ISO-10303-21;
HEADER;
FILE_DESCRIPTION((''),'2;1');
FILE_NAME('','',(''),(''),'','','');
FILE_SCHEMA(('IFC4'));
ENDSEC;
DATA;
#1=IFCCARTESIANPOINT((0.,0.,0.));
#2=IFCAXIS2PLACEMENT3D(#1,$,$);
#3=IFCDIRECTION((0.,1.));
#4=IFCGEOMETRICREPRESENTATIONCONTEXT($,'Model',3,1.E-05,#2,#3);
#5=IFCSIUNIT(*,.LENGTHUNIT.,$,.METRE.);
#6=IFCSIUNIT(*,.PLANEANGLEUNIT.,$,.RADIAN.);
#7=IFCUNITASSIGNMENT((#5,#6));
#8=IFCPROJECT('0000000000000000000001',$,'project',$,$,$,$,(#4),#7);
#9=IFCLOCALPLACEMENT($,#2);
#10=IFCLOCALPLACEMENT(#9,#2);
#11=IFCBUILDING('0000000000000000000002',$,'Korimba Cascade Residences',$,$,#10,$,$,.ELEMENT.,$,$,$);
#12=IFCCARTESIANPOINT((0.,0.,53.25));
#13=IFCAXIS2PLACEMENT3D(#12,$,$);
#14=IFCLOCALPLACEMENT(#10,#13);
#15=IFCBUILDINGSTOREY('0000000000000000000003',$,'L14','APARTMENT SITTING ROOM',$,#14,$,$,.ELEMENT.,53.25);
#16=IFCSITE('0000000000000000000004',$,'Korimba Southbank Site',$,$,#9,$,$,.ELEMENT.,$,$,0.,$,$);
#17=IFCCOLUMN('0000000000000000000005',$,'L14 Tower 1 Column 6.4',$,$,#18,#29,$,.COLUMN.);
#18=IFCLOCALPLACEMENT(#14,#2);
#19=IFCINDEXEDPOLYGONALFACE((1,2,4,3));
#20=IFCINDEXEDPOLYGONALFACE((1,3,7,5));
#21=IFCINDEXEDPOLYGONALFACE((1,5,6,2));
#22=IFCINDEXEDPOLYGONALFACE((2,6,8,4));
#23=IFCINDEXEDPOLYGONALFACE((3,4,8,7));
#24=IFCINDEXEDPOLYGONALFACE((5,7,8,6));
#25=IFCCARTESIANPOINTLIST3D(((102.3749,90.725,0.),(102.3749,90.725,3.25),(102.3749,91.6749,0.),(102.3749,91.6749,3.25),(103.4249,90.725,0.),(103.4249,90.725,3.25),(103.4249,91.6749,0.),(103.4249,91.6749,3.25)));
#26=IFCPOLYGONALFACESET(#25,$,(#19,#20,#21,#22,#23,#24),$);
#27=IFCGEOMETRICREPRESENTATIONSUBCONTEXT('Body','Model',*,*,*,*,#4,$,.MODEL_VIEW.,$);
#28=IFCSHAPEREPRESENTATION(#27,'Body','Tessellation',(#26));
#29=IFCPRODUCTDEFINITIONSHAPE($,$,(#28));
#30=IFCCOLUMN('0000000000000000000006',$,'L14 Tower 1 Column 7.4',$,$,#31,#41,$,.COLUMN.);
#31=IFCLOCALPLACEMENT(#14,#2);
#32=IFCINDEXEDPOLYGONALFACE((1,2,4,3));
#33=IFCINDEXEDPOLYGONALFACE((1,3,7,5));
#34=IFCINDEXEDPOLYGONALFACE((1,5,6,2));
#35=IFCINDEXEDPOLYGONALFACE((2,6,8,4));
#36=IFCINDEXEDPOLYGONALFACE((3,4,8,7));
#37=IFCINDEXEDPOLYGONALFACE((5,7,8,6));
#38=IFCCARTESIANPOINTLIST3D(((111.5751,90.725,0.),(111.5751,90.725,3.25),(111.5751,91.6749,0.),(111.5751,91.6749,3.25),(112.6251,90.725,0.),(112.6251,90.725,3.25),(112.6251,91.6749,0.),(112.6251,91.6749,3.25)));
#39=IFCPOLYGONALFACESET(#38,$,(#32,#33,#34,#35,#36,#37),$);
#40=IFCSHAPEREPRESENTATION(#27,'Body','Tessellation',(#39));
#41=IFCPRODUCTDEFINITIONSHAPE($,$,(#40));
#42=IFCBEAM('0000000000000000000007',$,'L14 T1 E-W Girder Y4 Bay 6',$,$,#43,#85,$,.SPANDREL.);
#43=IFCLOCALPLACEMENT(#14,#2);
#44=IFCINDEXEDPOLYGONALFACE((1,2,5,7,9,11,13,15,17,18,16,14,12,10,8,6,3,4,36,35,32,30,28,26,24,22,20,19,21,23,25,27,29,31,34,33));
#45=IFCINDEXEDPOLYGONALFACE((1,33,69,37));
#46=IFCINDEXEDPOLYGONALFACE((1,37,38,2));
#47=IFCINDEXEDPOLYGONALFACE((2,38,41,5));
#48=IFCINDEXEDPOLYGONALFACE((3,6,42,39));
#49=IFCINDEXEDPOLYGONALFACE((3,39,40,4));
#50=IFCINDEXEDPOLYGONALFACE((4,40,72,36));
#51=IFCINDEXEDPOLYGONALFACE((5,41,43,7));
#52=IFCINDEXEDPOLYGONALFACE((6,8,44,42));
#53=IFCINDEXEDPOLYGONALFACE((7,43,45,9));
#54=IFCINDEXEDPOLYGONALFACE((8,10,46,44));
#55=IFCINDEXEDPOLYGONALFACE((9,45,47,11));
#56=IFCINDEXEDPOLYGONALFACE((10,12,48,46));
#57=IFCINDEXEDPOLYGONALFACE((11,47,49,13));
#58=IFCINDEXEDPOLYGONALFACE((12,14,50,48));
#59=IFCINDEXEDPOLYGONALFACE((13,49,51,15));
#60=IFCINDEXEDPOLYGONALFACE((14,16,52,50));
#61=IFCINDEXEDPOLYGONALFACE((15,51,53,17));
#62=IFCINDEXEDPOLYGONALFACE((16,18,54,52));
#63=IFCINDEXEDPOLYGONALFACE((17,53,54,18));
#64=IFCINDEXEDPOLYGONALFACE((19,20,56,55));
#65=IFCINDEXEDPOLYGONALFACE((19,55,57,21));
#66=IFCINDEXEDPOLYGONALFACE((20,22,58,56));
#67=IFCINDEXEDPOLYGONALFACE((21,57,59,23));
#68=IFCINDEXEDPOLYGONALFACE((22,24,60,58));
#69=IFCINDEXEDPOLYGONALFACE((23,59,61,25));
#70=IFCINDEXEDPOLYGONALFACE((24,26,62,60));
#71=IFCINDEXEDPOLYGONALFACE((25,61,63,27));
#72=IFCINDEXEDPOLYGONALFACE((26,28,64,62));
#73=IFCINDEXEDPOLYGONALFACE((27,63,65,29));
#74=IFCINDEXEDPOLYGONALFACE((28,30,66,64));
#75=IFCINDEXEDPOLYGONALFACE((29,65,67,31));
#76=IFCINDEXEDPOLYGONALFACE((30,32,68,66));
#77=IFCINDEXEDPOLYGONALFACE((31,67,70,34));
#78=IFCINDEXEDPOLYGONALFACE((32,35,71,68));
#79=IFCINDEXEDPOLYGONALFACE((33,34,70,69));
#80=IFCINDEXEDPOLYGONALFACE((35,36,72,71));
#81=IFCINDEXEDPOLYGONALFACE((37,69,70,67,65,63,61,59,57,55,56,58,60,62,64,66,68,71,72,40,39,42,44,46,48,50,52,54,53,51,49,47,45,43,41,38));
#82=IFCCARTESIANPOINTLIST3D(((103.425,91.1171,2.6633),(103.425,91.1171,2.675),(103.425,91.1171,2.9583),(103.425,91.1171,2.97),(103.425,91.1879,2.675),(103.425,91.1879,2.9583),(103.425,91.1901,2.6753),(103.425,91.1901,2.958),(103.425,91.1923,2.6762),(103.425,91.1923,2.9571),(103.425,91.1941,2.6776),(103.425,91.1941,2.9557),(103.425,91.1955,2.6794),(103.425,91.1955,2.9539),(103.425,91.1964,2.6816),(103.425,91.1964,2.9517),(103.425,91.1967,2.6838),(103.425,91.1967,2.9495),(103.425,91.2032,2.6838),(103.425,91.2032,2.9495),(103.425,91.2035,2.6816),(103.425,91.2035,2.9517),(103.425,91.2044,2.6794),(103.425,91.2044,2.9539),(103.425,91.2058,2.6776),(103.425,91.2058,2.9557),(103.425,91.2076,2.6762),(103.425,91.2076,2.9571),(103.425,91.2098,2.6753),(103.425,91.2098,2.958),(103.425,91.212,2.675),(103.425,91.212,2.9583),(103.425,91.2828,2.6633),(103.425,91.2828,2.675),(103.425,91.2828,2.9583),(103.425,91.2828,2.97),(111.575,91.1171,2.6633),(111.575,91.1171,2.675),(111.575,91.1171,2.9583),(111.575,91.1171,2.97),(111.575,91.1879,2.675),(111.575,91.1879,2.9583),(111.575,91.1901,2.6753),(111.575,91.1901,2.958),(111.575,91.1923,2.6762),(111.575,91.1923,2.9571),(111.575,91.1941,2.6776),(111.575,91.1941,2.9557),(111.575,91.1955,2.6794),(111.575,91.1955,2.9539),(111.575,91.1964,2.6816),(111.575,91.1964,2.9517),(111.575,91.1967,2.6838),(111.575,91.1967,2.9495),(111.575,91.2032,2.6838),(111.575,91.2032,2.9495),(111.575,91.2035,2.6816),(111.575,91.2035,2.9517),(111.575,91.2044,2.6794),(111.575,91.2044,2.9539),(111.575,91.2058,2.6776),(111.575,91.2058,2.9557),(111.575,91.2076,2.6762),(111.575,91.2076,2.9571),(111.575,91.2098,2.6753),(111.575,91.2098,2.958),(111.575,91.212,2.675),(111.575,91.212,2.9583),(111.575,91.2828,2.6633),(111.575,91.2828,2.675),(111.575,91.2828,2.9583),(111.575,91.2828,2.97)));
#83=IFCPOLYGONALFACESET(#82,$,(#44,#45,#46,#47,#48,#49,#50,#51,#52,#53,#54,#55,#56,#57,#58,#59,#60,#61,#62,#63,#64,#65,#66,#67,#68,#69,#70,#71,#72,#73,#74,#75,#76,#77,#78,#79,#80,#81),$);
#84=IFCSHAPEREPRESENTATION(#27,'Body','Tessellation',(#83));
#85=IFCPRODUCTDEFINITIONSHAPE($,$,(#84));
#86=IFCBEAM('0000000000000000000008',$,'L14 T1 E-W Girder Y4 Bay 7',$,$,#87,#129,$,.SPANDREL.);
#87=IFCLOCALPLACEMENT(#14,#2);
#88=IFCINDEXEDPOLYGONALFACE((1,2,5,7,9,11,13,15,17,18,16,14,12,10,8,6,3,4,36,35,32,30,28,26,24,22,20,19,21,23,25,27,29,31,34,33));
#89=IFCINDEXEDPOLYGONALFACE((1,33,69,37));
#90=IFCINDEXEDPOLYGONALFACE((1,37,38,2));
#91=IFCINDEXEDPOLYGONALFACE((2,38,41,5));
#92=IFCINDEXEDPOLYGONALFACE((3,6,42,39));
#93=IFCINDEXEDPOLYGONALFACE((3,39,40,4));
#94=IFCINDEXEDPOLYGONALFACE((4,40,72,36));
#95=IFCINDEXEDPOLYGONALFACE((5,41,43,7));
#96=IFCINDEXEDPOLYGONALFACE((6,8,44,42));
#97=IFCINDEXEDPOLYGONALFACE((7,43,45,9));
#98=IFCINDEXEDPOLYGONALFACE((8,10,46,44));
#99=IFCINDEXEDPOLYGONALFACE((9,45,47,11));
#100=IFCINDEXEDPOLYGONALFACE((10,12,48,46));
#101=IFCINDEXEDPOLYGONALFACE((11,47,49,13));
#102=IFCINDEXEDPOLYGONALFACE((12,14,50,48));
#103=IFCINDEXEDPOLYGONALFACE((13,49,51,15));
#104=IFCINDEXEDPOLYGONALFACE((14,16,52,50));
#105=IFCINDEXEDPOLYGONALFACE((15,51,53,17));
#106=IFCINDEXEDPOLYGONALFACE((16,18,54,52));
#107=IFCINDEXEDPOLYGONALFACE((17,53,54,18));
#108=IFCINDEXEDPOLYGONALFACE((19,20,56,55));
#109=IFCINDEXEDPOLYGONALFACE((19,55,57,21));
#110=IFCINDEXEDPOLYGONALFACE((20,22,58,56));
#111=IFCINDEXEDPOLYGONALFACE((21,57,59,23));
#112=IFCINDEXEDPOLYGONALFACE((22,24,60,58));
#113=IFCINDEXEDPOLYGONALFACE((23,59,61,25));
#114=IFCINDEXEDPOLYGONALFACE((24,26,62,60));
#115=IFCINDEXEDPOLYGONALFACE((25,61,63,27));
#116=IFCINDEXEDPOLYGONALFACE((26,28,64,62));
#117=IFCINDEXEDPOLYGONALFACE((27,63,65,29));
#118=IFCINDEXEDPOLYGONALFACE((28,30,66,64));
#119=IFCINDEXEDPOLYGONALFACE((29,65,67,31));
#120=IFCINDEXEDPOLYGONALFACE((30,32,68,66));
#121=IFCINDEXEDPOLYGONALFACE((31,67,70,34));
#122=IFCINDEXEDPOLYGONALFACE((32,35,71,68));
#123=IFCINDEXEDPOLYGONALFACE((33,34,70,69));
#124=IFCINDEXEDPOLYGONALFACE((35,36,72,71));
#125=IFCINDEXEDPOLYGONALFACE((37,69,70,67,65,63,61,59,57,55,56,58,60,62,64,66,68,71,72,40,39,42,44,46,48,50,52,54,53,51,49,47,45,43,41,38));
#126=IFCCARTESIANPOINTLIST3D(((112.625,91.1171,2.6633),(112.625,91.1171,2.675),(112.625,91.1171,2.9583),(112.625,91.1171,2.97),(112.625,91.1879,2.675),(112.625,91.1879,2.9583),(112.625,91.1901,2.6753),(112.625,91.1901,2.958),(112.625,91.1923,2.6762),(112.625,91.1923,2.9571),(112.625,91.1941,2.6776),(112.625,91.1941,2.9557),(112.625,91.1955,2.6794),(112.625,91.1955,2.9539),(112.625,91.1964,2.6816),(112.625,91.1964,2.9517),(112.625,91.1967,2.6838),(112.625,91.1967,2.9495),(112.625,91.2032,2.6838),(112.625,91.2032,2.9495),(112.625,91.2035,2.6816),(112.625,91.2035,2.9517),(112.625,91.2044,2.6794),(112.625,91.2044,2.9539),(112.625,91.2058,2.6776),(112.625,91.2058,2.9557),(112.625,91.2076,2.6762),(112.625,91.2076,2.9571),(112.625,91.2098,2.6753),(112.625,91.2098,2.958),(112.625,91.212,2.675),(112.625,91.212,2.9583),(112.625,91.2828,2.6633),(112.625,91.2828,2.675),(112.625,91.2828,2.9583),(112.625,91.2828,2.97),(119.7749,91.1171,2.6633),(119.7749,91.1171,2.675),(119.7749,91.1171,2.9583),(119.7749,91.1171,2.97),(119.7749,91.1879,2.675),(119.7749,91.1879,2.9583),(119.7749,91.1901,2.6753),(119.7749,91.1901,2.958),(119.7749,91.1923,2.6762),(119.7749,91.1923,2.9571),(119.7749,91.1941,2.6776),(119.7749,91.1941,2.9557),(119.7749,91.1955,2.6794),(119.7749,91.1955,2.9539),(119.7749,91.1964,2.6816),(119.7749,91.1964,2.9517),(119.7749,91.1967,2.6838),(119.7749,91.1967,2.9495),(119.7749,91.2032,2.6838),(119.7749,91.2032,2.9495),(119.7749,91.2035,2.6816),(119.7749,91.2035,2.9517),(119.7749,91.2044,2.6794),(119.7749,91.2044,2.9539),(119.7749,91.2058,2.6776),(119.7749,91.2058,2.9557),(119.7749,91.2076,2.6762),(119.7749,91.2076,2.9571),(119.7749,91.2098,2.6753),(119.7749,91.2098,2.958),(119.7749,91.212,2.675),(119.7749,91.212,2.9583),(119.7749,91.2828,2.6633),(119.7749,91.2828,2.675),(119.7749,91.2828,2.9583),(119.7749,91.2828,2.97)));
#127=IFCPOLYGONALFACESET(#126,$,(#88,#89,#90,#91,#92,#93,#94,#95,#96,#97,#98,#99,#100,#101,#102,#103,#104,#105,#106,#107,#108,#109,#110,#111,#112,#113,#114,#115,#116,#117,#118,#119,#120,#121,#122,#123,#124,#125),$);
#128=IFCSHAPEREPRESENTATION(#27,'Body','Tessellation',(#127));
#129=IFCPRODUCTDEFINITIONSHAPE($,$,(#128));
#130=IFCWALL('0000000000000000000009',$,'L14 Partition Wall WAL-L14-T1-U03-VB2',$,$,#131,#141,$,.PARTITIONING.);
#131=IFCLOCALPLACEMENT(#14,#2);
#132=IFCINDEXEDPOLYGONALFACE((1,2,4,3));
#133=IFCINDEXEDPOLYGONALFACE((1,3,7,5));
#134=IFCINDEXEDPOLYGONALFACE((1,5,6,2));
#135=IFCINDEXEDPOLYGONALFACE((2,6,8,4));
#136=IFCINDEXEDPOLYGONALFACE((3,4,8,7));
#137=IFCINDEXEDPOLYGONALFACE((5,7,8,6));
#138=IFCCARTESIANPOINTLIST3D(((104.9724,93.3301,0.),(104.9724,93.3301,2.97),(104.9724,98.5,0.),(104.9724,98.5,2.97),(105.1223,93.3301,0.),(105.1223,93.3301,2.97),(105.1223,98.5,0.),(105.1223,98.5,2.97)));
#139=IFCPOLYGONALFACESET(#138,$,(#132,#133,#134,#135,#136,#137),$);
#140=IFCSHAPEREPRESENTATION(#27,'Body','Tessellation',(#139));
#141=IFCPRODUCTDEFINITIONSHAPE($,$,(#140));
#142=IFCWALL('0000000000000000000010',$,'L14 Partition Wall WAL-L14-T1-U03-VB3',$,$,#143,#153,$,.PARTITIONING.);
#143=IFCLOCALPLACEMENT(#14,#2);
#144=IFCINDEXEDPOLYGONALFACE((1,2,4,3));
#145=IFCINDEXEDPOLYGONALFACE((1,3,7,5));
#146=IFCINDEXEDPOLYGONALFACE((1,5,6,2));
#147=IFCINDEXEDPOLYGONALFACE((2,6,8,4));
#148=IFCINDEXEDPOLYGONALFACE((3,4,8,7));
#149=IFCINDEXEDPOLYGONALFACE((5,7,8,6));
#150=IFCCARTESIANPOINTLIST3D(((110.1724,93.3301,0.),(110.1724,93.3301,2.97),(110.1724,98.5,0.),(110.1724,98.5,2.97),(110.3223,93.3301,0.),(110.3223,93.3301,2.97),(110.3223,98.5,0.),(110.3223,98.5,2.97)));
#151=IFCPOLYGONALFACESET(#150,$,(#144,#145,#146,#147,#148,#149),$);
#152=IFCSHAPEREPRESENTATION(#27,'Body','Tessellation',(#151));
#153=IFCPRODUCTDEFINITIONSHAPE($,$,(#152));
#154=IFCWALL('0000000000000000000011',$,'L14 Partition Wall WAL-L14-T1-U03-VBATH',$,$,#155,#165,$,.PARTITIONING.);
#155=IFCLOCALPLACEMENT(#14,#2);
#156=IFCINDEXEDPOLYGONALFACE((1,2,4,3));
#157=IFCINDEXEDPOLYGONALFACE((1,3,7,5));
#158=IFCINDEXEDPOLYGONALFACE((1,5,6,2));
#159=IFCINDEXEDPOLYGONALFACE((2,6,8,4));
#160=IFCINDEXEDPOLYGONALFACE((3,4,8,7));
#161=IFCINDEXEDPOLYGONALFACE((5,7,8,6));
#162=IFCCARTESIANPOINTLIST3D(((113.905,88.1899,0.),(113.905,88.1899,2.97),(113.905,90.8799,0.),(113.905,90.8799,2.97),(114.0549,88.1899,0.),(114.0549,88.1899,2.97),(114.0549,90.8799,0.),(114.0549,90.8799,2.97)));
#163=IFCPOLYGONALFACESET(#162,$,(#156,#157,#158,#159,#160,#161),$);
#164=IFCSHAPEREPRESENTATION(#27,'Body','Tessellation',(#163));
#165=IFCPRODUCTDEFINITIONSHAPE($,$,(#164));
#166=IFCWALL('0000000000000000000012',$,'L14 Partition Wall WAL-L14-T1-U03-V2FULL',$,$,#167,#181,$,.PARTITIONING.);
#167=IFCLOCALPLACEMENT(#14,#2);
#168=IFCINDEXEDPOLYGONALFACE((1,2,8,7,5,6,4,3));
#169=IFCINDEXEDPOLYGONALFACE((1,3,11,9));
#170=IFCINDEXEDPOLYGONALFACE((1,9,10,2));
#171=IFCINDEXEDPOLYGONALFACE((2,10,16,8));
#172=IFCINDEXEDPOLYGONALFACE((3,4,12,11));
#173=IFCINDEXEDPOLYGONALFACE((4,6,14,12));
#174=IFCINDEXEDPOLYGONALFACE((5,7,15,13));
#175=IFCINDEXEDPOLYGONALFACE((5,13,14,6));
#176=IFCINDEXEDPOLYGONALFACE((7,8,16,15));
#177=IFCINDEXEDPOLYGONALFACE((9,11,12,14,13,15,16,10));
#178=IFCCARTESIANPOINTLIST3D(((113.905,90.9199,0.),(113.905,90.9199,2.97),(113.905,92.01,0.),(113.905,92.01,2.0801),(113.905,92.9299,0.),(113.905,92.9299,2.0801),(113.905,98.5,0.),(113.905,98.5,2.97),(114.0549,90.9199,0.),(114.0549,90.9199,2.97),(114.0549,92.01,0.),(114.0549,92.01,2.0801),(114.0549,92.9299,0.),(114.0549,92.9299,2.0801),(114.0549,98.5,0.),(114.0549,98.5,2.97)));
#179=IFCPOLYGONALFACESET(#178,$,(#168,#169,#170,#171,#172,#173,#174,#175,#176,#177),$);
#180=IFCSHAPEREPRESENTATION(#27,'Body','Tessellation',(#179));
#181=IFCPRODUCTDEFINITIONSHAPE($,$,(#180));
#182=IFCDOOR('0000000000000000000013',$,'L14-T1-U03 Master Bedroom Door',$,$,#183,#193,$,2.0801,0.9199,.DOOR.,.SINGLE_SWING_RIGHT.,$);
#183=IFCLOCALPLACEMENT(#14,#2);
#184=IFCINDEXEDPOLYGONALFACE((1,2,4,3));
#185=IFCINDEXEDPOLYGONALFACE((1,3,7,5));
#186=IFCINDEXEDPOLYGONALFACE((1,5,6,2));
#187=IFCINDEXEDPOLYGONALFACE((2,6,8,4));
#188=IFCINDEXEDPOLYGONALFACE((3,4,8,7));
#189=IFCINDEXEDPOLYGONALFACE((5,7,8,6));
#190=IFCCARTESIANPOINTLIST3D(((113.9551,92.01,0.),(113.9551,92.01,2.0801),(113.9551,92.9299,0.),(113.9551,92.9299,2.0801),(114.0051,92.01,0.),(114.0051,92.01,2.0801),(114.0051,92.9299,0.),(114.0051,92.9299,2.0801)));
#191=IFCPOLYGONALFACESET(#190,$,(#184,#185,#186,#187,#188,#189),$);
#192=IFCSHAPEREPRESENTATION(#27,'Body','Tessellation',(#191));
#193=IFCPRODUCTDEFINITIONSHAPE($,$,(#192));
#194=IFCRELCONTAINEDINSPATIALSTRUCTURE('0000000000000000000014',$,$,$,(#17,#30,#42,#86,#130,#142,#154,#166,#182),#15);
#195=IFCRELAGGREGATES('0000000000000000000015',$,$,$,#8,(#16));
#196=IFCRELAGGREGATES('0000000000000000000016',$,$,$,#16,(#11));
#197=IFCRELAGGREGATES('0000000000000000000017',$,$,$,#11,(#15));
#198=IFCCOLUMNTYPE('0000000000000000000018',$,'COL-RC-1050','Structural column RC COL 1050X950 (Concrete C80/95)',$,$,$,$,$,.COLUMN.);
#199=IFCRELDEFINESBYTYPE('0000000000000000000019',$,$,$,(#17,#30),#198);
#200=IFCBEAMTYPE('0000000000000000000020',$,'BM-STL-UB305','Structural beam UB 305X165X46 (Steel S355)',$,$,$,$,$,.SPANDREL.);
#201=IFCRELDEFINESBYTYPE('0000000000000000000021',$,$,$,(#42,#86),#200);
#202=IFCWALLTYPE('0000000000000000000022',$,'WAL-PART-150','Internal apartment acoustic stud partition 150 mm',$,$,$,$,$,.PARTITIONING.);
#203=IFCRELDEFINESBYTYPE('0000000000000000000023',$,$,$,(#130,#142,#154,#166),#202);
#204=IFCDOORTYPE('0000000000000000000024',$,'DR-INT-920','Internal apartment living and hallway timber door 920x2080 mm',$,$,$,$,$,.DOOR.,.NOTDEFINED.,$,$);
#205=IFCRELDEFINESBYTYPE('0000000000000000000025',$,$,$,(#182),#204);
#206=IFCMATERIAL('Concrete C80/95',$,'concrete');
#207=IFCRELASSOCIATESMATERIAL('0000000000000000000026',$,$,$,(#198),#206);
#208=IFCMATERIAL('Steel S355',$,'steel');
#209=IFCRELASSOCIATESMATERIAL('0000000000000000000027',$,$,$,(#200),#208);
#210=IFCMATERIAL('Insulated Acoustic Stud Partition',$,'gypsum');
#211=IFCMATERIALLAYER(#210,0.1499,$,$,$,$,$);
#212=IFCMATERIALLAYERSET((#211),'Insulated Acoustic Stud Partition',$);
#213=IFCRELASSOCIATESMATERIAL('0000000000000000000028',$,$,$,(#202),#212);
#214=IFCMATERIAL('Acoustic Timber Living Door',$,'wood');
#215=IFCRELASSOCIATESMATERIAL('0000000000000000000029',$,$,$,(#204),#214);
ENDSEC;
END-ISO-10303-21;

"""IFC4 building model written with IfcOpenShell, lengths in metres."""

from ifc_helpers import new_model, si_unit, direction, frame, frame_2d, origin, origin_2d, place, context, subcontext, project, spatial, rectangle, i_section, extrude, material, layer, layer_set, material_profile, profile_set, type_object, element, fill, save


model = new_model("IFC4")

# Units and contexts
model_context = context("Model", 3, precision=1e-05, world=origin(), true_north=direction((0.0, 1.0)))
body_context = subcontext(model_context, "Body", "Model", "MODEL_VIEW")
ifc_project = project(units=[si_unit("LENGTHUNIT", "METRE"), si_unit("PLANEANGLEUNIT", "RADIAN")], contexts=[model_context])

# Site, building, storey
site_placement = place(None, origin())
site = spatial("IfcSite", under=ifc_project, at=site_placement, Name="Korimba Southbank Site", CompositionType="ELEMENT", RefElevation=0.0)
building_placement = place(site_placement, origin())
building = spatial("IfcBuilding", under=site, at=building_placement, Name="Korimba Cascade Residences", CompositionType="ELEMENT")
storey_placement = place(building_placement, frame((0.0, 0.0, 53.25)))
storey = spatial("IfcBuildingStorey", under=building, at=storey_placement, Name="L14", Description="APARTMENT SITTING ROOM", CompositionType="ELEMENT", Elevation=53.25)

# Columns
ifc_material_1 = material(Name="Concrete C80/95", Category="concrete")
ifc_material_profile_1 = material_profile(ifc_material_1, rectangle(XDim=1.05, YDim=0.95, at=origin_2d()), Name="Concrete C80/95")
ifc_profile_set_1 = profile_set([ifc_material_profile_1], Name="Concrete C80/95")
column_type = type_object("IfcColumnType", Name="COL-RC-1050", Description="Structural column RC COL 1050X950 (Concrete C80/95)", PredefinedType="COLUMN", material=ifc_profile_set_1)
for number, where, z_axis, x_axis, name in (
    (1, (102.8999, 91.2, 0.0), (0.0, 0.0, 1.0), (1.0, 0.0, 0.0), "L14 Tower 1 Column 6.4"),
    (2, (112.1001, 91.2, 0.0), (0.0, 0.0, 1.0), (1.0, 0.0, 0.0), "L14 Tower 1 Column 7.4"),
):
    element("IfcColumn", number, at=place(storey_placement, frame(where, z_axis=z_axis, x_axis=x_axis)), inside=storey, type_object=column_type, Name=name, PredefinedType="COLUMN", context=body_context, shape_type="SweptSolid", body=[
        extrude(rectangle(XDim=1.05, YDim=0.95, at=origin_2d()), origin(), (0.0, 0.0, 1.0), 3.25),
    ])

# Beams
ifc_material_2 = material(Name="Steel S355", Category="steel")
ifc_material_profile_2 = material_profile(ifc_material_2, i_section(OverallWidth=0.1658, OverallDepth=0.3066, WebThickness=0.0066, FlangeThickness=0.0117, FilletRadius=0.0088, at=origin_2d()), Name="Steel S355")
ifc_profile_set_2 = profile_set([ifc_material_profile_2], Name="Steel S355")
beam_type = type_object("IfcBeamType", Name="BM-STL-UB305", Description="Structural beam UB 305X165X46 (Steel S355)", PredefinedType="SPANDREL", material=ifc_profile_set_2)
beam_1_placement = place(storey_placement, frame((103.425, 91.2, 2.8167), z_axis=(1.0, 0.0, 0.0), x_axis=(0.0, 1.0, 0.0)))
element("IfcBeam", 3, at=beam_1_placement, inside=storey, type_object=beam_type, Name="L14 T1 E-W Girder Y4 Bay 6", PredefinedType="SPANDREL", context=body_context, shape_type="SweptSolid", body=[
    extrude(i_section(OverallWidth=0.1658, OverallDepth=0.3066, WebThickness=0.0066, FlangeThickness=0.0117, FilletRadius=0.0088, at=origin_2d()), origin(), (0.0, 0.0, 1.0), 8.1499),
])
beam_2_placement = place(storey_placement, frame((112.625, 91.2, 2.8167), z_axis=(1.0, 0.0, 0.0), x_axis=(0.0, 1.0, 0.0)))
element("IfcBeam", 4, at=beam_2_placement, inside=storey, type_object=beam_type, Name="L14 T1 E-W Girder Y4 Bay 7", PredefinedType="SPANDREL", context=body_context, shape_type="SweptSolid", body=[
    extrude(i_section(OverallWidth=0.1658, OverallDepth=0.3066, WebThickness=0.0066, FlangeThickness=0.0117, FilletRadius=0.0088, at=origin_2d()), origin(), (0.0, 0.0, 1.0), 7.1499),
])

# Walls
ifc_material_3 = material(Name="Insulated Acoustic Stud Partition", Category="gypsum")
ifc_layer = layer(ifc_material_3, 0.1499)
ifc_layer_set = layer_set([ifc_layer], Name="Insulated Acoustic Stud Partition")
wall_type = type_object("IfcWallType", Name="WAL-PART-150", Description="Internal apartment acoustic stud partition 150 mm", PredefinedType="PARTITIONING", material=ifc_layer_set)
for number, where, z_axis, x_axis, name in (
    (5, (105.0474, 93.3301, 0.0), (0.0, 0.0, 1.0), (0.0, 1.0, 0.0), "L14 Partition Wall WAL-L14-T1-U03-VB2"),
    (6, (110.2473, 93.3301, 0.0), (0.0, 0.0, 1.0), (0.0, 1.0, 0.0), "L14 Partition Wall WAL-L14-T1-U03-VB3"),
):
    element("IfcWall", number, at=place(storey_placement, frame(where, z_axis=z_axis, x_axis=x_axis)), inside=storey, type_object=wall_type, Name=name, PredefinedType="PARTITIONING", context=body_context, shape_type="SweptSolid", body=[
        extrude(rectangle(XDim=5.1699, YDim=0.1499, at=frame_2d((2.585, 0.0))), origin(), (0.0, 0.0, 1.0), 2.97),
    ])
wall_1_placement = place(storey_placement, frame((113.98, 88.1899, 0.0), z_axis=(0.0, 0.0, 1.0), x_axis=(0.0, 1.0, 0.0)))
element("IfcWall", 7, at=wall_1_placement, inside=storey, type_object=wall_type, Name="L14 Partition Wall WAL-L14-T1-U03-VBATH", PredefinedType="PARTITIONING", context=body_context, shape_type="SweptSolid", body=[
    extrude(rectangle(XDim=2.6899, YDim=0.1499, at=frame_2d((1.345, 0.0))), origin(), (0.0, 0.0, 1.0), 2.97),
])

# Wall, opening, door
wall_2_placement = place(storey_placement, frame((113.98, 90.9199, 0.0), z_axis=(0.0, 0.0, 1.0), x_axis=(0.0, 1.0, 0.0)))
wall_2 = element("IfcWall", 8, at=wall_2_placement, inside=storey, type_object=wall_type, Name="L14 Partition Wall WAL-L14-T1-U03-V2FULL", PredefinedType="PARTITIONING", context=body_context, shape_type="SweptSolid", body=[
    extrude(rectangle(XDim=7.5801, YDim=0.1499, at=frame_2d((3.79, 0.0))), origin(), (0.0, 0.0, 1.0), 2.97),
])
opening_1_placement = place(wall_2_placement, frame((1.0901, 0.0, 0.0)))
opening_1 = element("IfcOpeningElement", 9, at=opening_1_placement, cuts=wall_2, PredefinedType="OPENING", context=body_context, shape_type="SweptSolid", body=[
    extrude(rectangle(XDim=0.9199, YDim=2.0801, at=frame_2d((0.46, 1.04))), frame((0.0, 0.085, 0.0), z_axis=(0.0, -1.0, 0.0), x_axis=(1.0, 0.0, 0.0)), (0.0, 0.0, 1.0), 0.1699),
])
ifc_material_4 = material(Name="Acoustic Timber Living Door", Category="wood")
door_type_1 = type_object("IfcDoorType", Name="DR-INT-920", Description="Internal apartment living and hallway timber door 920x2080 mm", OperationType="NOTDEFINED", PredefinedType="DOOR", material=ifc_material_4)
door_1_placement = place(opening_1_placement, origin())
door_1 = element("IfcDoor", 10, at=door_1_placement, inside=storey, type_object=door_type_1, Name="L14-T1-U03 Master Bedroom Door", OperationType="SINGLE_SWING_RIGHT", OverallHeight=2.0801, OverallWidth=0.9199, PredefinedType="DOOR", context=body_context, shape_type="SweptSolid", body=[
    extrude(rectangle(XDim=0.9199, YDim=2.0801, at=frame_2d((0.46, 1.04))), frame((0.0, 0.0249, 0.0), z_axis=(0.0, -1.0, 0.0), x_axis=(1.0, 0.0, 0.0)), (0.0, 0.0, 1.0), 0.05),
])
fill(opening_1, door_1)

save(model, "model.ifc")
